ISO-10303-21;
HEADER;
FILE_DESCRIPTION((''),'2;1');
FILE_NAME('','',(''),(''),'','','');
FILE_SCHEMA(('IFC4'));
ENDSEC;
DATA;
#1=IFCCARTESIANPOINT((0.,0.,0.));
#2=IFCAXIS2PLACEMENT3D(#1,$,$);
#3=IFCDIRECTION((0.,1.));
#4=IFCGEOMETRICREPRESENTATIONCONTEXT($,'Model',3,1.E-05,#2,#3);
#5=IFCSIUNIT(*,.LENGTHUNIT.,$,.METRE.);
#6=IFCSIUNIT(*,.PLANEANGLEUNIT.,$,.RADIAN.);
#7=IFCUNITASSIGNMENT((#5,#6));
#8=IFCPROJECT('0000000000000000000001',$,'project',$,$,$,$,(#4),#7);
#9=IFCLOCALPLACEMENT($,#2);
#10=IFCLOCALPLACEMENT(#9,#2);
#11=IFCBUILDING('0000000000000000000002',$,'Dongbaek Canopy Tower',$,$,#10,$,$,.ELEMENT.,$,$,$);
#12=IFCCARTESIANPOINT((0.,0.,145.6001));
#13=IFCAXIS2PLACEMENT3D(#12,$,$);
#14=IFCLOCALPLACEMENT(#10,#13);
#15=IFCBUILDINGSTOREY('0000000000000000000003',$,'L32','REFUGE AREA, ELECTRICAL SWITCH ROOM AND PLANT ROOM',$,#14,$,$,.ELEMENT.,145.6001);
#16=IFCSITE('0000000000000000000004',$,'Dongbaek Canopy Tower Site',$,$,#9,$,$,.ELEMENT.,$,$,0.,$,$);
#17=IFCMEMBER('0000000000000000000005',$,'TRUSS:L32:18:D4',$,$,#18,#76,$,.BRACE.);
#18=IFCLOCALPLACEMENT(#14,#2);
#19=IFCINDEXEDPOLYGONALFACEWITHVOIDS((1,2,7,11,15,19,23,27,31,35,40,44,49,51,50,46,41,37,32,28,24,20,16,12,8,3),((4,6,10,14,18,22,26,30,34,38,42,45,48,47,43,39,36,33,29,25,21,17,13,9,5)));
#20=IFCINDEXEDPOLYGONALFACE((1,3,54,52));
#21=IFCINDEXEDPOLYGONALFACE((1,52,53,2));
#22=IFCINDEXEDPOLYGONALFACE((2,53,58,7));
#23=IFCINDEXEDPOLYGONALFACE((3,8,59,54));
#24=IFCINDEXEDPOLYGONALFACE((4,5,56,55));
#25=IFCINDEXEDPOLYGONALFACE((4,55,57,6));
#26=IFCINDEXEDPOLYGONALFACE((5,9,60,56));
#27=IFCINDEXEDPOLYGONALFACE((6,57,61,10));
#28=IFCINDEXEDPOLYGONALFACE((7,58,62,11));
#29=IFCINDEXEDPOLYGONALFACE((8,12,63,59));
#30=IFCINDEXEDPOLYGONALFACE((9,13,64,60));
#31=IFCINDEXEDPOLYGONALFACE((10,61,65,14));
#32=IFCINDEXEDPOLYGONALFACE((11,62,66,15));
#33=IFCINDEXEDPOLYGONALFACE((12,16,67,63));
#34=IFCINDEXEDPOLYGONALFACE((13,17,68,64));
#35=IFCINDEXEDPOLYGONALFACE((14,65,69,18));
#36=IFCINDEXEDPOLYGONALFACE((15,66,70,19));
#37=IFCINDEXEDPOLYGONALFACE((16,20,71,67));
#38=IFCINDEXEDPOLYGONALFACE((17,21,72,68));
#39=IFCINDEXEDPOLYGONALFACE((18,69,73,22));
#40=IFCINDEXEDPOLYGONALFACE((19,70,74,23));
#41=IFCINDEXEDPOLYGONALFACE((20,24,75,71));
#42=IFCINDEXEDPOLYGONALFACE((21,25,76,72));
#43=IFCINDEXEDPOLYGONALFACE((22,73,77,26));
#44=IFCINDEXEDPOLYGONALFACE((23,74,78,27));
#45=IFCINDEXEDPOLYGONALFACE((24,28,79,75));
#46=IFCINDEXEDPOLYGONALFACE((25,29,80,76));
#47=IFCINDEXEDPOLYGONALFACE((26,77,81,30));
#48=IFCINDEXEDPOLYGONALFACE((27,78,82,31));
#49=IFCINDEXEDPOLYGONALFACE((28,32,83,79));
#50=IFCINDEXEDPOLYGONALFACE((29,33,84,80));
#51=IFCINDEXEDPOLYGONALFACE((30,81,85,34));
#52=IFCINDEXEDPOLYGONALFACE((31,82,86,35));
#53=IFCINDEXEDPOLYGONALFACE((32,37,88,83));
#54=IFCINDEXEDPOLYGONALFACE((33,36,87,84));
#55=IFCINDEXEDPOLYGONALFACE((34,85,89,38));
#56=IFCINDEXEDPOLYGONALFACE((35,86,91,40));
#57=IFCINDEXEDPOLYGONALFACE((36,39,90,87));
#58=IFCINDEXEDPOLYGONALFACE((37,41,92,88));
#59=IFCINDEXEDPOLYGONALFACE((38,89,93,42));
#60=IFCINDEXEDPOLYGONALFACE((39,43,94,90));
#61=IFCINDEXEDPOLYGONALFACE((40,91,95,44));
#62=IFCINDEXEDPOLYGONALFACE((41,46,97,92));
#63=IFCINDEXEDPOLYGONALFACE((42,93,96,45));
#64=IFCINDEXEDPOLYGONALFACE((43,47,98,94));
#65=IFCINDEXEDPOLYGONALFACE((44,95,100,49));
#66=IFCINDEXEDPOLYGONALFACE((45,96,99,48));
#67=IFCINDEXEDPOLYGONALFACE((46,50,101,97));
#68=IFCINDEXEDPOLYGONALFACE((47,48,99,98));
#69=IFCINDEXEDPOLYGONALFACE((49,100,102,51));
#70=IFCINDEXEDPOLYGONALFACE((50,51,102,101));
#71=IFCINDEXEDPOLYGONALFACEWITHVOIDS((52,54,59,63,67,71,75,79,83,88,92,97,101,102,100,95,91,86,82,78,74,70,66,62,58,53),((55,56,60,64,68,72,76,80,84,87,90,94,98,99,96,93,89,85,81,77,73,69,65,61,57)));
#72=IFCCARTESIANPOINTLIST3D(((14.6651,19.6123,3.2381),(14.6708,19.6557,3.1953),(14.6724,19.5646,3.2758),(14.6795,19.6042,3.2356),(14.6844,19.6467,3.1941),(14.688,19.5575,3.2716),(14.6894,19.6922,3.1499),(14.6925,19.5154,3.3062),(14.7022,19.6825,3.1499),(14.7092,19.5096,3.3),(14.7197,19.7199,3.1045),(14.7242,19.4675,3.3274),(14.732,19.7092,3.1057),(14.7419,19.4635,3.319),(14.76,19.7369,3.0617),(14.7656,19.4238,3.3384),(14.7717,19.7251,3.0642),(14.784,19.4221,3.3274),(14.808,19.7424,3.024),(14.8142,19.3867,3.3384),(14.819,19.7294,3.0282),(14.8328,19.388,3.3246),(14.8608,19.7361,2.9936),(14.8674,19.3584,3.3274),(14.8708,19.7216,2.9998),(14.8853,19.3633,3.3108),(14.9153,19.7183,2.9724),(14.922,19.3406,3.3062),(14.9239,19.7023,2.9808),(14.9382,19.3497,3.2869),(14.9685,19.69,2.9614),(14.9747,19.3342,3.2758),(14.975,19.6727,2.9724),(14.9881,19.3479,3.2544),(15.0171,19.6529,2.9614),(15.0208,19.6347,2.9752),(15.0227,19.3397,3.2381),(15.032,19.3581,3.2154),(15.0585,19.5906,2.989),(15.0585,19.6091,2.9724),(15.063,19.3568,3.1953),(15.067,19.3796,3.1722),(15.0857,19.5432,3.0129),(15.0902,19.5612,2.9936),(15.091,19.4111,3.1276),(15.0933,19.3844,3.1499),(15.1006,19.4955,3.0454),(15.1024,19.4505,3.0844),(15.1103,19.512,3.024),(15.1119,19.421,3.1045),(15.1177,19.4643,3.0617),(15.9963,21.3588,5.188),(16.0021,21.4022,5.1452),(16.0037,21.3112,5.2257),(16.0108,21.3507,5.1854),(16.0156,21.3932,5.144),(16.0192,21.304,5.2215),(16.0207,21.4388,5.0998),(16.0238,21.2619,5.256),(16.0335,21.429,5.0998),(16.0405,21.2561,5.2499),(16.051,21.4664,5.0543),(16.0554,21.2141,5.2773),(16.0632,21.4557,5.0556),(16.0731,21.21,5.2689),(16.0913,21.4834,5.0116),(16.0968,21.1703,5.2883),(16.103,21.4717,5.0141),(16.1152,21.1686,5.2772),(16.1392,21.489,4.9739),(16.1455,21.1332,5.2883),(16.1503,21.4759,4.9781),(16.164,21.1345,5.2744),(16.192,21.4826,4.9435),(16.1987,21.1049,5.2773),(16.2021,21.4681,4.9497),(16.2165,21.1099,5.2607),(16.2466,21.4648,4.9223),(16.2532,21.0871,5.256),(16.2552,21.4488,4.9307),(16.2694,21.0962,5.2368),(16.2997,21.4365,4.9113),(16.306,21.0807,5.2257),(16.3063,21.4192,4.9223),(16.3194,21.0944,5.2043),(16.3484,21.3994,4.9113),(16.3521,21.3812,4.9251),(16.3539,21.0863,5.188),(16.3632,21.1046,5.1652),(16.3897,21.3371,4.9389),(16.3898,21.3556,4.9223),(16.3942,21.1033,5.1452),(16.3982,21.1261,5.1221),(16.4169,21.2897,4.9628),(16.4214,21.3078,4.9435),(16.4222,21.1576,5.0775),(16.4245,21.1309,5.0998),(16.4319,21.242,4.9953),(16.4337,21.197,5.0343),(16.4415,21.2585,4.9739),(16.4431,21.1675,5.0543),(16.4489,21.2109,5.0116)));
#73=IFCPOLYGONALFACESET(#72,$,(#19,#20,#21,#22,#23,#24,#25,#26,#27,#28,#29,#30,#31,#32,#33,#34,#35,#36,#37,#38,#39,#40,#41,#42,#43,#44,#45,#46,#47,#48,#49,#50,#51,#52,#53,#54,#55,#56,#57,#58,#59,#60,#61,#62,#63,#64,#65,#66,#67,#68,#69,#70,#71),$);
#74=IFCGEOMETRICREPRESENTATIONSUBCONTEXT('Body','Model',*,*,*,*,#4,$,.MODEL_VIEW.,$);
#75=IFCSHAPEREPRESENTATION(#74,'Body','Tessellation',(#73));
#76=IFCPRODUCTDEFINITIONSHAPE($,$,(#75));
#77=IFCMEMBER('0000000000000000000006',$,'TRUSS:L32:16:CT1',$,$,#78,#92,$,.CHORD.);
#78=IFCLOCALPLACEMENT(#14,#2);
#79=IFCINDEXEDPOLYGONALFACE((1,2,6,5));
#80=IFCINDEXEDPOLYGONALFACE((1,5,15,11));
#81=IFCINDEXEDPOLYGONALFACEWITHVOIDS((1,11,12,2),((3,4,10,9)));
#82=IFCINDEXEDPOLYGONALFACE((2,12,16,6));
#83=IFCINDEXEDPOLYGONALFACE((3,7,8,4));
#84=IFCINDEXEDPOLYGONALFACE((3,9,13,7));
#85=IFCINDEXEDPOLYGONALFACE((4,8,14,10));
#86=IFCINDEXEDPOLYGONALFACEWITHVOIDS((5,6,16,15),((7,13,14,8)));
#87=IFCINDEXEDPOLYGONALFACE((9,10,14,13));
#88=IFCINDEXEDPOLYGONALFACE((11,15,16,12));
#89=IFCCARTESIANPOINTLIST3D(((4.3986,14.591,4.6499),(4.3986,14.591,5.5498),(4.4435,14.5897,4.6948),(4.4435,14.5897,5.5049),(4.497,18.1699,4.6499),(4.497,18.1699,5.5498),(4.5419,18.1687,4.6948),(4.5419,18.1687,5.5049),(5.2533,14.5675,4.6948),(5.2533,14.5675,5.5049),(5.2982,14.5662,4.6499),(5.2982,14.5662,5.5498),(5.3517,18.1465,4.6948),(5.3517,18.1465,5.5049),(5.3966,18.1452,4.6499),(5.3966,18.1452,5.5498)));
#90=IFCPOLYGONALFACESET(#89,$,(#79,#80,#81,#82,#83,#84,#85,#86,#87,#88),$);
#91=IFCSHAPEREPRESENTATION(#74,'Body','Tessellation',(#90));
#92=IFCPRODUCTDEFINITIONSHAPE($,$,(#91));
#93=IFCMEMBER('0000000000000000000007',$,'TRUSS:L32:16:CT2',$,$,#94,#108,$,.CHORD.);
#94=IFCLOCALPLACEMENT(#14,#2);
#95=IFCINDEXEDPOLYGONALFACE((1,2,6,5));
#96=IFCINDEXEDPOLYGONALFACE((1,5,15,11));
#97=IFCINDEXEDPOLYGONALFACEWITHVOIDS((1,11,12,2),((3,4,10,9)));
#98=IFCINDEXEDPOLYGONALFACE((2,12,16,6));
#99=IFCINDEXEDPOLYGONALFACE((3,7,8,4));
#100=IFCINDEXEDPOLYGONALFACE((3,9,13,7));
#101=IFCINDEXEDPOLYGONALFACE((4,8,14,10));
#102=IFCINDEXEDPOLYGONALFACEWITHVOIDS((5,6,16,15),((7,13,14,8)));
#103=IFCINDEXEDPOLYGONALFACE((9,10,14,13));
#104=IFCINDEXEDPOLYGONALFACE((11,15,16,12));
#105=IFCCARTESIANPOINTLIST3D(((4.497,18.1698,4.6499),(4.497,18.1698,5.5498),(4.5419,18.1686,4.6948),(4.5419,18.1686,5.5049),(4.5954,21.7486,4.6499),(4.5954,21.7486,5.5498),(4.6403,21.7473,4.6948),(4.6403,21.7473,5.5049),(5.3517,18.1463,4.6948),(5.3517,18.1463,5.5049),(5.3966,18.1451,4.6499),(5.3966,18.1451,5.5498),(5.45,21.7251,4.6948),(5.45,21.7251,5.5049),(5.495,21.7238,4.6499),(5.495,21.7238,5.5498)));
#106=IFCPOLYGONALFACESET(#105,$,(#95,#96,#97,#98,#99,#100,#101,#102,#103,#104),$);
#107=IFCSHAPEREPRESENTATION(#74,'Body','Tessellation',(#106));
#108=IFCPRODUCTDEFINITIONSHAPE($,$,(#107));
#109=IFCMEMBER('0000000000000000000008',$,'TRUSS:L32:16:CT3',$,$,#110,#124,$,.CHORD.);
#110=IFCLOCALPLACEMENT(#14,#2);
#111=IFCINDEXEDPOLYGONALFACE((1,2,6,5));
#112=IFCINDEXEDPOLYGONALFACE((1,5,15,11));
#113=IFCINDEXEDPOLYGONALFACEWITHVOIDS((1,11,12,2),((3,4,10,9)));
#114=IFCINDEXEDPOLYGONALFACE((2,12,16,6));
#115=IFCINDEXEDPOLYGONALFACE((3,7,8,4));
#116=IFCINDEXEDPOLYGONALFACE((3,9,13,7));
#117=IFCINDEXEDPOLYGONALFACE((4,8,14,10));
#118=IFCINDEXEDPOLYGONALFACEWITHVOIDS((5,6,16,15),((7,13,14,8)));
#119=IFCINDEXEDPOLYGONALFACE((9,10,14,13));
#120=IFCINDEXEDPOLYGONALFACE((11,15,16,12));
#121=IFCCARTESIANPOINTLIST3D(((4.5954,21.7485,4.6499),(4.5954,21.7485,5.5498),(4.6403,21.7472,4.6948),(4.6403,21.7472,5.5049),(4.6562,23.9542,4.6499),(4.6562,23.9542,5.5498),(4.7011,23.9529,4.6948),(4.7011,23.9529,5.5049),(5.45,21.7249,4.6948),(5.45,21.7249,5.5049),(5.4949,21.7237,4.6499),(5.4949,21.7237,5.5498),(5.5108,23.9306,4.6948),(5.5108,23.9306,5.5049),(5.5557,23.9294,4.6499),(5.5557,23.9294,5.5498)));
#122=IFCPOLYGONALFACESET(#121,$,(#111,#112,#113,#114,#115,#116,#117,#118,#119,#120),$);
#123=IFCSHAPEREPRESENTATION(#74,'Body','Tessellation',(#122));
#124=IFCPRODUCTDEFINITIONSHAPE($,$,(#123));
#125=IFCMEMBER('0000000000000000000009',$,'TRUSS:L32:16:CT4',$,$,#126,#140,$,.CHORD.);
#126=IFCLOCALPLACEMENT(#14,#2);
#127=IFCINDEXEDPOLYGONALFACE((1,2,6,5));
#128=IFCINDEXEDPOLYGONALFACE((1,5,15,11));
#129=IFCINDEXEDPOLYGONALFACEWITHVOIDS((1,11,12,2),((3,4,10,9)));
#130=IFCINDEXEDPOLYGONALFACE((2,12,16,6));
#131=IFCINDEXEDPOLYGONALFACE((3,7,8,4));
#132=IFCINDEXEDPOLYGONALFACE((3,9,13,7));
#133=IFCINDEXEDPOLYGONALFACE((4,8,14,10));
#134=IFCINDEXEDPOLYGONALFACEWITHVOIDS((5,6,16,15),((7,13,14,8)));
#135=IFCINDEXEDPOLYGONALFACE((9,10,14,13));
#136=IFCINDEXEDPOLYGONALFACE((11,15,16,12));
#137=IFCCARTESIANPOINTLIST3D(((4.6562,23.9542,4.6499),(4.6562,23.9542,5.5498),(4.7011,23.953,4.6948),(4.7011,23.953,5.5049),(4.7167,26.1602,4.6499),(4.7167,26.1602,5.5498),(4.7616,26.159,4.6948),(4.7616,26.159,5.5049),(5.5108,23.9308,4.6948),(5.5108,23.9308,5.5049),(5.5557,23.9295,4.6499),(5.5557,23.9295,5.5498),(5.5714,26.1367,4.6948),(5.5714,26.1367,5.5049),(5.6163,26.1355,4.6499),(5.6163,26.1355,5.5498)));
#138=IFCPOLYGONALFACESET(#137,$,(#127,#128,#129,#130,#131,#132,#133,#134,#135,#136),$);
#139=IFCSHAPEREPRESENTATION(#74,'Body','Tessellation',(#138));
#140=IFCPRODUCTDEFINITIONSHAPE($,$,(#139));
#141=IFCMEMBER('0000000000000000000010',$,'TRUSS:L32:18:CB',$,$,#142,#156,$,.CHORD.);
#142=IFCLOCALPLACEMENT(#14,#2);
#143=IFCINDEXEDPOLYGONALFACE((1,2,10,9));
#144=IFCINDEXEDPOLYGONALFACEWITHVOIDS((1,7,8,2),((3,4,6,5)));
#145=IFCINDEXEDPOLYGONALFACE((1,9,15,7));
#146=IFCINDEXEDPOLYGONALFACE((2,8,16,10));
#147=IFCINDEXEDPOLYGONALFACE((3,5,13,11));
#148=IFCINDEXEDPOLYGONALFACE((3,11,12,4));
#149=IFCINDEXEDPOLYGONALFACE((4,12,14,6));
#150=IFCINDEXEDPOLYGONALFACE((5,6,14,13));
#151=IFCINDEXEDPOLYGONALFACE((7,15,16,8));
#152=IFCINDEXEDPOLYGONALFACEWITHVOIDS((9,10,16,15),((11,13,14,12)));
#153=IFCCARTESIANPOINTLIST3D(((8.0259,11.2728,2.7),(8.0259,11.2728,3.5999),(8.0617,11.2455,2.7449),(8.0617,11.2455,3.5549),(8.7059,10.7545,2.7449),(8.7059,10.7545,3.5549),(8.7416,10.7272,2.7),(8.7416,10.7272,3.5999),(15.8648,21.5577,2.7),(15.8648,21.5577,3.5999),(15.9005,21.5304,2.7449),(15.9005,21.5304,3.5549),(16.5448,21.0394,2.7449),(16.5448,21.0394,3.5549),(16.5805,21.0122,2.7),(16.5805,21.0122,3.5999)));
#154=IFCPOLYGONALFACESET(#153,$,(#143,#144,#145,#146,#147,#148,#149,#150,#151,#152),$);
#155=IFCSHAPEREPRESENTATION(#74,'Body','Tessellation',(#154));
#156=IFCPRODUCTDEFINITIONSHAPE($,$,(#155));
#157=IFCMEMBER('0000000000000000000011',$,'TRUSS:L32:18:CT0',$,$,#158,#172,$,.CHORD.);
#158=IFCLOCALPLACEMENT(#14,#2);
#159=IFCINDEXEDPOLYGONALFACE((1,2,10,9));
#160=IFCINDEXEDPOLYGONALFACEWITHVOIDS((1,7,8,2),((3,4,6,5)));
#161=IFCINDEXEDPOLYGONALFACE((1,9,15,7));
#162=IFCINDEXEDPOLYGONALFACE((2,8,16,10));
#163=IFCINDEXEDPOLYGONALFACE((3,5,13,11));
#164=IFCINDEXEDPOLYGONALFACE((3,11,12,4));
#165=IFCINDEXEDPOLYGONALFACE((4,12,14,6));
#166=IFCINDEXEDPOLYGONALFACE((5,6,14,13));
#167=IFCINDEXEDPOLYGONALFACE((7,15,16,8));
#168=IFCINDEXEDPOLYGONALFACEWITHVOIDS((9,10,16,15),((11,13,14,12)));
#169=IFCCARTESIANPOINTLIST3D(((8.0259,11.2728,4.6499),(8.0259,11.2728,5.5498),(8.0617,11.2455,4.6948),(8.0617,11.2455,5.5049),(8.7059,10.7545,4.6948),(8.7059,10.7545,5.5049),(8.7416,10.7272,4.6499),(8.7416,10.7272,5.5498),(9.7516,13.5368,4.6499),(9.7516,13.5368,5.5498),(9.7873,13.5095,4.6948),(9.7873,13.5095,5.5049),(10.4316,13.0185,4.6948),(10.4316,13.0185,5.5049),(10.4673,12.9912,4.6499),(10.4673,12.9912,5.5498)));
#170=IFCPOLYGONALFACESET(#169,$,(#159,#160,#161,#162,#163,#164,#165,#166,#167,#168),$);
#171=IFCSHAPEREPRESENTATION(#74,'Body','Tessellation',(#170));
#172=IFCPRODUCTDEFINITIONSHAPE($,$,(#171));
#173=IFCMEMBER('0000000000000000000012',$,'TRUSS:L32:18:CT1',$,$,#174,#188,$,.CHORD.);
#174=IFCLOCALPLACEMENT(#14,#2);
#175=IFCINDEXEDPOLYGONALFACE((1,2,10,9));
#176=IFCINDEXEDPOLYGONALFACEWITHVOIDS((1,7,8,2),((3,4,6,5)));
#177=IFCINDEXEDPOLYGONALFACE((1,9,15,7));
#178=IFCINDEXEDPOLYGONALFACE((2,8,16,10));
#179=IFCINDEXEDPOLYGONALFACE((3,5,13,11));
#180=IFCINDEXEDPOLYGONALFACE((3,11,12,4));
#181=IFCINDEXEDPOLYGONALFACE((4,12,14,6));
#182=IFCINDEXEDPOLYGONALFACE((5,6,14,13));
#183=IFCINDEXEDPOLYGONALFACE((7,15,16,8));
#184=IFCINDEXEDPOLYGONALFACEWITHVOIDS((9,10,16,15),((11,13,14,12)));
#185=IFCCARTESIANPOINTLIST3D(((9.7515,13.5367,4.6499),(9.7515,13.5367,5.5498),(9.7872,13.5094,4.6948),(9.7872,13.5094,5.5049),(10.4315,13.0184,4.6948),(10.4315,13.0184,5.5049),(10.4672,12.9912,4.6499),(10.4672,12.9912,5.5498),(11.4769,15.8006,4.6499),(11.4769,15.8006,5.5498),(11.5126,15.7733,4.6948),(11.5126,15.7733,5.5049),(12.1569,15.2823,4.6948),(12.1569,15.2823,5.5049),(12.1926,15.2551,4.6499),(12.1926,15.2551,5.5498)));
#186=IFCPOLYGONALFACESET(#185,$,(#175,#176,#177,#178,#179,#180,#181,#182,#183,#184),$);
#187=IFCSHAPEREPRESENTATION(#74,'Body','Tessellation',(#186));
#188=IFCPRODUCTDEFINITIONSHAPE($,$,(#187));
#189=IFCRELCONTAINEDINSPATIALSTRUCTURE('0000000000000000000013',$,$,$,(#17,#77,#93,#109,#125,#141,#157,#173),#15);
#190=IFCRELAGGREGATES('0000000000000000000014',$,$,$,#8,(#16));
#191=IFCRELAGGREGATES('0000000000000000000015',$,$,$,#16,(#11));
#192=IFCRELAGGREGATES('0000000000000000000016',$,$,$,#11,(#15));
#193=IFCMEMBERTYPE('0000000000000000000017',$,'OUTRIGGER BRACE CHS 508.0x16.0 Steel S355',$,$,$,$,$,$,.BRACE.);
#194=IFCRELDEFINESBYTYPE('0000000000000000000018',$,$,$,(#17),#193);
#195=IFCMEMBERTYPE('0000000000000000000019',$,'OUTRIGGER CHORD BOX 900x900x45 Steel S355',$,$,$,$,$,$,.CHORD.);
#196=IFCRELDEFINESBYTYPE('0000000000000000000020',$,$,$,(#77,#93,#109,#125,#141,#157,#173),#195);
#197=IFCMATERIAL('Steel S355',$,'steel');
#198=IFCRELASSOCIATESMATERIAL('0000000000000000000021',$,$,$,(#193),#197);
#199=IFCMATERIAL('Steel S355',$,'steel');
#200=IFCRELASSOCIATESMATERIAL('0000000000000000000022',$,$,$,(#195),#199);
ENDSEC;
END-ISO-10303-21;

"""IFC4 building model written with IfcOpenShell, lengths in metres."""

from ifc_helpers import new_model, si_unit, direction, frame, origin, origin_2d, place, context, subcontext, project, spatial, hollow_rectangle, hollow_circle, extrude, material, material_profile, profile_set, type_object, element, save


model = new_model("IFC4")

# Units and contexts
model_context = context("Model", 3, precision=1e-05, world=origin(), true_north=direction((0.0, 1.0)))
body_context = subcontext(model_context, "Body", "Model", "MODEL_VIEW")
ifc_project = project(units=[si_unit("LENGTHUNIT", "METRE"), si_unit("PLANEANGLEUNIT", "RADIAN")], contexts=[model_context])

# Site, building, storey
site_placement = place(None, origin())
site = spatial("IfcSite", under=ifc_project, at=site_placement, Name="Dongbaek Canopy Tower Site", CompositionType="ELEMENT", RefElevation=0.0)
building_placement = place(site_placement, origin())
building = spatial("IfcBuilding", under=site, at=building_placement, Name="Dongbaek Canopy Tower", CompositionType="ELEMENT")
storey_placement = place(building_placement, frame((0.0, 0.0, 145.6001)))
storey = spatial("IfcBuildingStorey", under=building, at=storey_placement, Name="L32", Description="REFUGE AREA, ELECTRICAL SWITCH ROOM AND PLANT ROOM", CompositionType="ELEMENT", Elevation=145.6001)

# Members
ifc_material_1 = material(Name="Steel S355", Category="steel")
ifc_material_profile_1 = material_profile(ifc_material_1, hollow_circle(Radius=0.2539, WallThickness=0.0161, at=origin_2d()), Name="OUTRIGGER BRACE CHS 508.0x16.0 Steel S355")
ifc_profile_set_1 = profile_set([ifc_material_profile_1], Name="Steel S355")
member_type_1 = type_object("IfcMemberType", Name="OUTRIGGER BRACE CHS 508.0x16.0 Steel S355", PredefinedType="BRACE", material=ifc_profile_set_1)
for number, where, z_axis, x_axis, name in (
    (1, (14.8914, 19.5383, 3.1499), (0.453305, 0.594708, 0.663955), (-0.795307, 0.606207, 0.0), "TRUSS:L32:18:D4"),
):
    element("IfcMember", number, at=place(storey_placement, frame(where, z_axis=z_axis, x_axis=x_axis)), inside=storey, type_object=member_type_1, Name=name, PredefinedType="BRACE", context=body_context, shape_type="SweptSolid", body=[
        extrude(hollow_circle(Radius=0.2539, WallThickness=0.0161, at=origin_2d()), origin(), (0.0, 0.0, 1.0), 2.9368),
    ])
ifc_material_2 = material(Name="Steel S355", Category="steel")
ifc_material_profile_2 = material_profile(ifc_material_2, hollow_rectangle(XDim=0.8999, YDim=0.8999, WallThickness=0.0449, at=origin_2d()), Name="OUTRIGGER CHORD BOX 900x900x45 Steel S355")
ifc_profile_set_2 = profile_set([ifc_material_profile_2], Name="Steel S355")
member_type_2 = type_object("IfcMemberType", Name="OUTRIGGER CHORD BOX 900x900x45 Steel S355", PredefinedType="CHORD", material=ifc_profile_set_2)
member_1_placement = place(storey_placement, frame((4.8484, 14.5786, 5.0999), z_axis=(0.027481, 0.999622, 0.0), x_axis=(-0.999622, 0.027481, 0.0)))
element("IfcMember", 2, at=member_1_placement, inside=storey, type_object=member_type_2, Name="TRUSS:L32:16:CT1", PredefinedType="CHORD", context=body_context, shape_type="SweptSolid", body=[
    extrude(hollow_rectangle(XDim=0.8999, YDim=0.8999, WallThickness=0.0449, at=origin_2d()), origin(), (0.0, 0.0, 1.0), 3.5803),
])
member_2_placement = place(storey_placement, frame((4.9468, 18.1575, 5.0999), z_axis=(0.027483, 0.999622, 0.0), x_axis=(-0.999622, 0.027483, 0.0)))
element("IfcMember", 3, at=member_2_placement, inside=storey, type_object=member_type_2, Name="TRUSS:L32:16:CT2", PredefinedType="CHORD", context=body_context, shape_type="SweptSolid", body=[
    extrude(hollow_rectangle(XDim=0.8999, YDim=0.8999, WallThickness=0.0449, at=origin_2d()), origin(), (0.0, 0.0, 1.0), 3.5801),
])
member_3_placement = place(storey_placement, frame((5.0452, 21.7361, 5.0999), z_axis=(0.027549, 0.99962, 0.0), x_axis=(-0.99962, 0.027549, 0.0)))
element("IfcMember", 4, at=member_3_placement, inside=storey, type_object=member_type_2, Name="TRUSS:L32:16:CT3", PredefinedType="CHORD", context=body_context, shape_type="SweptSolid", body=[
    extrude(hollow_rectangle(XDim=0.8999, YDim=0.8999, WallThickness=0.0449, at=origin_2d()), origin(), (0.0, 0.0, 1.0), 2.2065),
])
member_4_placement = place(storey_placement, frame((5.106, 23.9419, 5.0999), z_axis=(0.027435, 0.999624, 0.0), x_axis=(-0.999624, 0.027435, 0.0)))
element("IfcMember", 5, at=member_4_placement, inside=storey, type_object=member_type_2, Name="TRUSS:L32:16:CT4", PredefinedType="CHORD", context=body_context, shape_type="SweptSolid", body=[
    extrude(hollow_rectangle(XDim=0.8999, YDim=0.8999, WallThickness=0.0449, at=origin_2d()), origin(), (0.0, 0.0, 1.0), 2.2068),
])
member_5_placement = place(storey_placement, frame((8.3838, 11.0, 3.1499), z_axis=(0.606177, 0.795329, 0.0), x_axis=(-0.795329, 0.606177, 0.0)))
element("IfcMember", 6, at=member_5_placement, inside=storey, type_object=member_type_2, Name="TRUSS:L32:18:CB", PredefinedType="CHORD", context=body_context, shape_type="SweptSolid", body=[
    extrude(hollow_rectangle(XDim=0.8999, YDim=0.8999, WallThickness=0.0449, at=origin_2d()), origin(), (0.0, 0.0, 1.0), 12.9316),
])
member_6_placement = place(storey_placement, frame((8.3838, 11.0, 5.0999), z_axis=(0.606198, 0.795314, 0.0), x_axis=(-0.795314, 0.606198, 0.0)))
element("IfcMember", 7, at=member_6_placement, inside=storey, type_object=member_type_2, Name="TRUSS:L32:18:CT0", PredefinedType="CHORD", context=body_context, shape_type="SweptSolid", body=[
    extrude(hollow_rectangle(XDim=0.8999, YDim=0.8999, WallThickness=0.0449, at=origin_2d()), origin(), (0.0, 0.0, 1.0), 2.8467),
])
member_7_placement = place(storey_placement, frame((10.1094, 13.2639, 5.0999), z_axis=(0.606144, 0.795355, 0.0), x_axis=(-0.795355, 0.606144, 0.0)))
element("IfcMember", 8, at=member_7_placement, inside=storey, type_object=member_type_2, Name="TRUSS:L32:18:CT1", PredefinedType="CHORD", context=body_context, shape_type="SweptSolid", body=[
    extrude(hollow_rectangle(XDim=0.8999, YDim=0.8999, WallThickness=0.0449, at=origin_2d()), origin(), (0.0, 0.0, 1.0), 2.8464),
])

save(model, "model.ifc")
